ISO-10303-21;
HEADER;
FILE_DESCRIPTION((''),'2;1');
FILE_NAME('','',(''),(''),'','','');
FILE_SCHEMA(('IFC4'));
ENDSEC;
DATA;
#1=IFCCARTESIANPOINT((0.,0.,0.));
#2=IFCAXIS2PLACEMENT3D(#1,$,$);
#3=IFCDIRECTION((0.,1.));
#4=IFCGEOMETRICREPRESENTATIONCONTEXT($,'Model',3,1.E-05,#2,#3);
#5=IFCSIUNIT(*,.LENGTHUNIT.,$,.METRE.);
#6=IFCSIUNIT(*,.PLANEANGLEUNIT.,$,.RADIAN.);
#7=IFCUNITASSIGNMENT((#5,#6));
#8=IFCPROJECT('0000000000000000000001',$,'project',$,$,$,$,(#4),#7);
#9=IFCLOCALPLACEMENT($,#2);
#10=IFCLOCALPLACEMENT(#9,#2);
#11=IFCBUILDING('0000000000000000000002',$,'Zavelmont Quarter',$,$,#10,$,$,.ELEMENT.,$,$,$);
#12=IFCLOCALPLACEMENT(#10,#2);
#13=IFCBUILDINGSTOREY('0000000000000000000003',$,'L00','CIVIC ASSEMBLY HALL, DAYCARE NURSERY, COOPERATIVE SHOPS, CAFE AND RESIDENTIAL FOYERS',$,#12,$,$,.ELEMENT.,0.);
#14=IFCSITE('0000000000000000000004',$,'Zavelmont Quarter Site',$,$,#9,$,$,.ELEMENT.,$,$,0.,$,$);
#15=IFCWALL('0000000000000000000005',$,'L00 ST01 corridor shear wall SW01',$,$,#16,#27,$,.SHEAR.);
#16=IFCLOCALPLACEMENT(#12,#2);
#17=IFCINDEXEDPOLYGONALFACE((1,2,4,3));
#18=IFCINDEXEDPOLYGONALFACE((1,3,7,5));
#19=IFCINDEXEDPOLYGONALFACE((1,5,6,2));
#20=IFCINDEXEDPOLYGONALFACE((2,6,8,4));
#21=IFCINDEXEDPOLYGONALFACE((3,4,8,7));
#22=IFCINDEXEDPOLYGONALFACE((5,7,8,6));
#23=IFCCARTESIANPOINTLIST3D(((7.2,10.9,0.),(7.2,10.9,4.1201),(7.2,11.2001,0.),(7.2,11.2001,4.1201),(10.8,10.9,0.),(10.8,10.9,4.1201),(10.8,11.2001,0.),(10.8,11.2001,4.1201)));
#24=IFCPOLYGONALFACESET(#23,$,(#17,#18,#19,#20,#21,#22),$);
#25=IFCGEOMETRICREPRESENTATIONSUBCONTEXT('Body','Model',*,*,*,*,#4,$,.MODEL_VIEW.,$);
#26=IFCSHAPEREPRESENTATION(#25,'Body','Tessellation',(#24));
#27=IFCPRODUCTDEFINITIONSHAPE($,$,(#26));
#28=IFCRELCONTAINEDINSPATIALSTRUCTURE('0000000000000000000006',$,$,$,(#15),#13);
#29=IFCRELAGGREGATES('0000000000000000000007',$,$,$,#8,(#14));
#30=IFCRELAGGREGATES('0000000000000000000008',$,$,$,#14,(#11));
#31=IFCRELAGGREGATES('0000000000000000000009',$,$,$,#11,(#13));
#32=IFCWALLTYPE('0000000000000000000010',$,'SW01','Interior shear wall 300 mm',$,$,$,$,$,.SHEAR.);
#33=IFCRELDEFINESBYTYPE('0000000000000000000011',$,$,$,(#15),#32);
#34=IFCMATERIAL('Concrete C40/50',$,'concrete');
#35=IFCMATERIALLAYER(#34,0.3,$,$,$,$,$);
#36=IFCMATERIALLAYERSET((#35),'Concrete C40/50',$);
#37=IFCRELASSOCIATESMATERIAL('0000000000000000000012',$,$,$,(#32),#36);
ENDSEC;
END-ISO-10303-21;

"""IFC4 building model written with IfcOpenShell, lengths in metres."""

from ifc_helpers import new_model, si_unit, direction, frame, frame_2d, origin, place, context, subcontext, project, spatial, rectangle, extrude, material, layer, layer_set, type_object, element, save


model = new_model("IFC4")

# Units and contexts
model_context = context("Model", 3, precision=1e-05, world=origin(), true_north=direction((0.0, 1.0)))
body_context = subcontext(model_context, "Body", "Model", "MODEL_VIEW")
ifc_project = project(units=[si_unit("LENGTHUNIT", "METRE"), si_unit("PLANEANGLEUNIT", "RADIAN")], contexts=[model_context])

# Site, building, storey
site_placement = place(None, origin())
site = spatial("IfcSite", under=ifc_project, at=site_placement, Name="Zavelmont Quarter Site", CompositionType="ELEMENT", RefElevation=0.0)
building_placement = place(site_placement, origin())
building = spatial("IfcBuilding", under=site, at=building_placement, Name="Zavelmont Quarter", CompositionType="ELEMENT")
storey_placement = place(building_placement, origin())
storey = spatial("IfcBuildingStorey", under=building, at=storey_placement, Name="L00", Description="CIVIC ASSEMBLY HALL, DAYCARE NURSERY, COOPERATIVE SHOPS, CAFE AND RESIDENTIAL FOYERS", CompositionType="ELEMENT", Elevation=0.0)

# Shared definitions
ifc_material_1 = material(Name="Concrete C40/50", Category="concrete")

# Wall
ifc_layer_1 = layer(ifc_material_1, 0.3)
ifc_layer_set_1 = layer_set([ifc_layer_1], Name="Concrete C40/50")
wall_type_1 = type_object("IfcWallType", Name="SW01", Description="Interior shear wall 300 mm", PredefinedType="SHEAR", material=ifc_layer_set_1)
wall_1_placement = place(storey_placement, frame((7.2, 11.05, 0.0), z_axis=(0.0, 0.0, 1.0), x_axis=(1.0, 0.0, 0.0)))
element("IfcWall", 1, at=wall_1_placement, inside=storey, type_object=wall_type_1, Name="L00 ST01 corridor shear wall SW01", PredefinedType="SHEAR", context=body_context, shape_type="SweptSolid", body=[
    extrude(rectangle(XDim=3.6001, YDim=0.3, at=frame_2d((1.8, 0.0))), origin(), (0.0, 0.0, 1.0), 4.1201),
])

save(model, "model.ifc")
